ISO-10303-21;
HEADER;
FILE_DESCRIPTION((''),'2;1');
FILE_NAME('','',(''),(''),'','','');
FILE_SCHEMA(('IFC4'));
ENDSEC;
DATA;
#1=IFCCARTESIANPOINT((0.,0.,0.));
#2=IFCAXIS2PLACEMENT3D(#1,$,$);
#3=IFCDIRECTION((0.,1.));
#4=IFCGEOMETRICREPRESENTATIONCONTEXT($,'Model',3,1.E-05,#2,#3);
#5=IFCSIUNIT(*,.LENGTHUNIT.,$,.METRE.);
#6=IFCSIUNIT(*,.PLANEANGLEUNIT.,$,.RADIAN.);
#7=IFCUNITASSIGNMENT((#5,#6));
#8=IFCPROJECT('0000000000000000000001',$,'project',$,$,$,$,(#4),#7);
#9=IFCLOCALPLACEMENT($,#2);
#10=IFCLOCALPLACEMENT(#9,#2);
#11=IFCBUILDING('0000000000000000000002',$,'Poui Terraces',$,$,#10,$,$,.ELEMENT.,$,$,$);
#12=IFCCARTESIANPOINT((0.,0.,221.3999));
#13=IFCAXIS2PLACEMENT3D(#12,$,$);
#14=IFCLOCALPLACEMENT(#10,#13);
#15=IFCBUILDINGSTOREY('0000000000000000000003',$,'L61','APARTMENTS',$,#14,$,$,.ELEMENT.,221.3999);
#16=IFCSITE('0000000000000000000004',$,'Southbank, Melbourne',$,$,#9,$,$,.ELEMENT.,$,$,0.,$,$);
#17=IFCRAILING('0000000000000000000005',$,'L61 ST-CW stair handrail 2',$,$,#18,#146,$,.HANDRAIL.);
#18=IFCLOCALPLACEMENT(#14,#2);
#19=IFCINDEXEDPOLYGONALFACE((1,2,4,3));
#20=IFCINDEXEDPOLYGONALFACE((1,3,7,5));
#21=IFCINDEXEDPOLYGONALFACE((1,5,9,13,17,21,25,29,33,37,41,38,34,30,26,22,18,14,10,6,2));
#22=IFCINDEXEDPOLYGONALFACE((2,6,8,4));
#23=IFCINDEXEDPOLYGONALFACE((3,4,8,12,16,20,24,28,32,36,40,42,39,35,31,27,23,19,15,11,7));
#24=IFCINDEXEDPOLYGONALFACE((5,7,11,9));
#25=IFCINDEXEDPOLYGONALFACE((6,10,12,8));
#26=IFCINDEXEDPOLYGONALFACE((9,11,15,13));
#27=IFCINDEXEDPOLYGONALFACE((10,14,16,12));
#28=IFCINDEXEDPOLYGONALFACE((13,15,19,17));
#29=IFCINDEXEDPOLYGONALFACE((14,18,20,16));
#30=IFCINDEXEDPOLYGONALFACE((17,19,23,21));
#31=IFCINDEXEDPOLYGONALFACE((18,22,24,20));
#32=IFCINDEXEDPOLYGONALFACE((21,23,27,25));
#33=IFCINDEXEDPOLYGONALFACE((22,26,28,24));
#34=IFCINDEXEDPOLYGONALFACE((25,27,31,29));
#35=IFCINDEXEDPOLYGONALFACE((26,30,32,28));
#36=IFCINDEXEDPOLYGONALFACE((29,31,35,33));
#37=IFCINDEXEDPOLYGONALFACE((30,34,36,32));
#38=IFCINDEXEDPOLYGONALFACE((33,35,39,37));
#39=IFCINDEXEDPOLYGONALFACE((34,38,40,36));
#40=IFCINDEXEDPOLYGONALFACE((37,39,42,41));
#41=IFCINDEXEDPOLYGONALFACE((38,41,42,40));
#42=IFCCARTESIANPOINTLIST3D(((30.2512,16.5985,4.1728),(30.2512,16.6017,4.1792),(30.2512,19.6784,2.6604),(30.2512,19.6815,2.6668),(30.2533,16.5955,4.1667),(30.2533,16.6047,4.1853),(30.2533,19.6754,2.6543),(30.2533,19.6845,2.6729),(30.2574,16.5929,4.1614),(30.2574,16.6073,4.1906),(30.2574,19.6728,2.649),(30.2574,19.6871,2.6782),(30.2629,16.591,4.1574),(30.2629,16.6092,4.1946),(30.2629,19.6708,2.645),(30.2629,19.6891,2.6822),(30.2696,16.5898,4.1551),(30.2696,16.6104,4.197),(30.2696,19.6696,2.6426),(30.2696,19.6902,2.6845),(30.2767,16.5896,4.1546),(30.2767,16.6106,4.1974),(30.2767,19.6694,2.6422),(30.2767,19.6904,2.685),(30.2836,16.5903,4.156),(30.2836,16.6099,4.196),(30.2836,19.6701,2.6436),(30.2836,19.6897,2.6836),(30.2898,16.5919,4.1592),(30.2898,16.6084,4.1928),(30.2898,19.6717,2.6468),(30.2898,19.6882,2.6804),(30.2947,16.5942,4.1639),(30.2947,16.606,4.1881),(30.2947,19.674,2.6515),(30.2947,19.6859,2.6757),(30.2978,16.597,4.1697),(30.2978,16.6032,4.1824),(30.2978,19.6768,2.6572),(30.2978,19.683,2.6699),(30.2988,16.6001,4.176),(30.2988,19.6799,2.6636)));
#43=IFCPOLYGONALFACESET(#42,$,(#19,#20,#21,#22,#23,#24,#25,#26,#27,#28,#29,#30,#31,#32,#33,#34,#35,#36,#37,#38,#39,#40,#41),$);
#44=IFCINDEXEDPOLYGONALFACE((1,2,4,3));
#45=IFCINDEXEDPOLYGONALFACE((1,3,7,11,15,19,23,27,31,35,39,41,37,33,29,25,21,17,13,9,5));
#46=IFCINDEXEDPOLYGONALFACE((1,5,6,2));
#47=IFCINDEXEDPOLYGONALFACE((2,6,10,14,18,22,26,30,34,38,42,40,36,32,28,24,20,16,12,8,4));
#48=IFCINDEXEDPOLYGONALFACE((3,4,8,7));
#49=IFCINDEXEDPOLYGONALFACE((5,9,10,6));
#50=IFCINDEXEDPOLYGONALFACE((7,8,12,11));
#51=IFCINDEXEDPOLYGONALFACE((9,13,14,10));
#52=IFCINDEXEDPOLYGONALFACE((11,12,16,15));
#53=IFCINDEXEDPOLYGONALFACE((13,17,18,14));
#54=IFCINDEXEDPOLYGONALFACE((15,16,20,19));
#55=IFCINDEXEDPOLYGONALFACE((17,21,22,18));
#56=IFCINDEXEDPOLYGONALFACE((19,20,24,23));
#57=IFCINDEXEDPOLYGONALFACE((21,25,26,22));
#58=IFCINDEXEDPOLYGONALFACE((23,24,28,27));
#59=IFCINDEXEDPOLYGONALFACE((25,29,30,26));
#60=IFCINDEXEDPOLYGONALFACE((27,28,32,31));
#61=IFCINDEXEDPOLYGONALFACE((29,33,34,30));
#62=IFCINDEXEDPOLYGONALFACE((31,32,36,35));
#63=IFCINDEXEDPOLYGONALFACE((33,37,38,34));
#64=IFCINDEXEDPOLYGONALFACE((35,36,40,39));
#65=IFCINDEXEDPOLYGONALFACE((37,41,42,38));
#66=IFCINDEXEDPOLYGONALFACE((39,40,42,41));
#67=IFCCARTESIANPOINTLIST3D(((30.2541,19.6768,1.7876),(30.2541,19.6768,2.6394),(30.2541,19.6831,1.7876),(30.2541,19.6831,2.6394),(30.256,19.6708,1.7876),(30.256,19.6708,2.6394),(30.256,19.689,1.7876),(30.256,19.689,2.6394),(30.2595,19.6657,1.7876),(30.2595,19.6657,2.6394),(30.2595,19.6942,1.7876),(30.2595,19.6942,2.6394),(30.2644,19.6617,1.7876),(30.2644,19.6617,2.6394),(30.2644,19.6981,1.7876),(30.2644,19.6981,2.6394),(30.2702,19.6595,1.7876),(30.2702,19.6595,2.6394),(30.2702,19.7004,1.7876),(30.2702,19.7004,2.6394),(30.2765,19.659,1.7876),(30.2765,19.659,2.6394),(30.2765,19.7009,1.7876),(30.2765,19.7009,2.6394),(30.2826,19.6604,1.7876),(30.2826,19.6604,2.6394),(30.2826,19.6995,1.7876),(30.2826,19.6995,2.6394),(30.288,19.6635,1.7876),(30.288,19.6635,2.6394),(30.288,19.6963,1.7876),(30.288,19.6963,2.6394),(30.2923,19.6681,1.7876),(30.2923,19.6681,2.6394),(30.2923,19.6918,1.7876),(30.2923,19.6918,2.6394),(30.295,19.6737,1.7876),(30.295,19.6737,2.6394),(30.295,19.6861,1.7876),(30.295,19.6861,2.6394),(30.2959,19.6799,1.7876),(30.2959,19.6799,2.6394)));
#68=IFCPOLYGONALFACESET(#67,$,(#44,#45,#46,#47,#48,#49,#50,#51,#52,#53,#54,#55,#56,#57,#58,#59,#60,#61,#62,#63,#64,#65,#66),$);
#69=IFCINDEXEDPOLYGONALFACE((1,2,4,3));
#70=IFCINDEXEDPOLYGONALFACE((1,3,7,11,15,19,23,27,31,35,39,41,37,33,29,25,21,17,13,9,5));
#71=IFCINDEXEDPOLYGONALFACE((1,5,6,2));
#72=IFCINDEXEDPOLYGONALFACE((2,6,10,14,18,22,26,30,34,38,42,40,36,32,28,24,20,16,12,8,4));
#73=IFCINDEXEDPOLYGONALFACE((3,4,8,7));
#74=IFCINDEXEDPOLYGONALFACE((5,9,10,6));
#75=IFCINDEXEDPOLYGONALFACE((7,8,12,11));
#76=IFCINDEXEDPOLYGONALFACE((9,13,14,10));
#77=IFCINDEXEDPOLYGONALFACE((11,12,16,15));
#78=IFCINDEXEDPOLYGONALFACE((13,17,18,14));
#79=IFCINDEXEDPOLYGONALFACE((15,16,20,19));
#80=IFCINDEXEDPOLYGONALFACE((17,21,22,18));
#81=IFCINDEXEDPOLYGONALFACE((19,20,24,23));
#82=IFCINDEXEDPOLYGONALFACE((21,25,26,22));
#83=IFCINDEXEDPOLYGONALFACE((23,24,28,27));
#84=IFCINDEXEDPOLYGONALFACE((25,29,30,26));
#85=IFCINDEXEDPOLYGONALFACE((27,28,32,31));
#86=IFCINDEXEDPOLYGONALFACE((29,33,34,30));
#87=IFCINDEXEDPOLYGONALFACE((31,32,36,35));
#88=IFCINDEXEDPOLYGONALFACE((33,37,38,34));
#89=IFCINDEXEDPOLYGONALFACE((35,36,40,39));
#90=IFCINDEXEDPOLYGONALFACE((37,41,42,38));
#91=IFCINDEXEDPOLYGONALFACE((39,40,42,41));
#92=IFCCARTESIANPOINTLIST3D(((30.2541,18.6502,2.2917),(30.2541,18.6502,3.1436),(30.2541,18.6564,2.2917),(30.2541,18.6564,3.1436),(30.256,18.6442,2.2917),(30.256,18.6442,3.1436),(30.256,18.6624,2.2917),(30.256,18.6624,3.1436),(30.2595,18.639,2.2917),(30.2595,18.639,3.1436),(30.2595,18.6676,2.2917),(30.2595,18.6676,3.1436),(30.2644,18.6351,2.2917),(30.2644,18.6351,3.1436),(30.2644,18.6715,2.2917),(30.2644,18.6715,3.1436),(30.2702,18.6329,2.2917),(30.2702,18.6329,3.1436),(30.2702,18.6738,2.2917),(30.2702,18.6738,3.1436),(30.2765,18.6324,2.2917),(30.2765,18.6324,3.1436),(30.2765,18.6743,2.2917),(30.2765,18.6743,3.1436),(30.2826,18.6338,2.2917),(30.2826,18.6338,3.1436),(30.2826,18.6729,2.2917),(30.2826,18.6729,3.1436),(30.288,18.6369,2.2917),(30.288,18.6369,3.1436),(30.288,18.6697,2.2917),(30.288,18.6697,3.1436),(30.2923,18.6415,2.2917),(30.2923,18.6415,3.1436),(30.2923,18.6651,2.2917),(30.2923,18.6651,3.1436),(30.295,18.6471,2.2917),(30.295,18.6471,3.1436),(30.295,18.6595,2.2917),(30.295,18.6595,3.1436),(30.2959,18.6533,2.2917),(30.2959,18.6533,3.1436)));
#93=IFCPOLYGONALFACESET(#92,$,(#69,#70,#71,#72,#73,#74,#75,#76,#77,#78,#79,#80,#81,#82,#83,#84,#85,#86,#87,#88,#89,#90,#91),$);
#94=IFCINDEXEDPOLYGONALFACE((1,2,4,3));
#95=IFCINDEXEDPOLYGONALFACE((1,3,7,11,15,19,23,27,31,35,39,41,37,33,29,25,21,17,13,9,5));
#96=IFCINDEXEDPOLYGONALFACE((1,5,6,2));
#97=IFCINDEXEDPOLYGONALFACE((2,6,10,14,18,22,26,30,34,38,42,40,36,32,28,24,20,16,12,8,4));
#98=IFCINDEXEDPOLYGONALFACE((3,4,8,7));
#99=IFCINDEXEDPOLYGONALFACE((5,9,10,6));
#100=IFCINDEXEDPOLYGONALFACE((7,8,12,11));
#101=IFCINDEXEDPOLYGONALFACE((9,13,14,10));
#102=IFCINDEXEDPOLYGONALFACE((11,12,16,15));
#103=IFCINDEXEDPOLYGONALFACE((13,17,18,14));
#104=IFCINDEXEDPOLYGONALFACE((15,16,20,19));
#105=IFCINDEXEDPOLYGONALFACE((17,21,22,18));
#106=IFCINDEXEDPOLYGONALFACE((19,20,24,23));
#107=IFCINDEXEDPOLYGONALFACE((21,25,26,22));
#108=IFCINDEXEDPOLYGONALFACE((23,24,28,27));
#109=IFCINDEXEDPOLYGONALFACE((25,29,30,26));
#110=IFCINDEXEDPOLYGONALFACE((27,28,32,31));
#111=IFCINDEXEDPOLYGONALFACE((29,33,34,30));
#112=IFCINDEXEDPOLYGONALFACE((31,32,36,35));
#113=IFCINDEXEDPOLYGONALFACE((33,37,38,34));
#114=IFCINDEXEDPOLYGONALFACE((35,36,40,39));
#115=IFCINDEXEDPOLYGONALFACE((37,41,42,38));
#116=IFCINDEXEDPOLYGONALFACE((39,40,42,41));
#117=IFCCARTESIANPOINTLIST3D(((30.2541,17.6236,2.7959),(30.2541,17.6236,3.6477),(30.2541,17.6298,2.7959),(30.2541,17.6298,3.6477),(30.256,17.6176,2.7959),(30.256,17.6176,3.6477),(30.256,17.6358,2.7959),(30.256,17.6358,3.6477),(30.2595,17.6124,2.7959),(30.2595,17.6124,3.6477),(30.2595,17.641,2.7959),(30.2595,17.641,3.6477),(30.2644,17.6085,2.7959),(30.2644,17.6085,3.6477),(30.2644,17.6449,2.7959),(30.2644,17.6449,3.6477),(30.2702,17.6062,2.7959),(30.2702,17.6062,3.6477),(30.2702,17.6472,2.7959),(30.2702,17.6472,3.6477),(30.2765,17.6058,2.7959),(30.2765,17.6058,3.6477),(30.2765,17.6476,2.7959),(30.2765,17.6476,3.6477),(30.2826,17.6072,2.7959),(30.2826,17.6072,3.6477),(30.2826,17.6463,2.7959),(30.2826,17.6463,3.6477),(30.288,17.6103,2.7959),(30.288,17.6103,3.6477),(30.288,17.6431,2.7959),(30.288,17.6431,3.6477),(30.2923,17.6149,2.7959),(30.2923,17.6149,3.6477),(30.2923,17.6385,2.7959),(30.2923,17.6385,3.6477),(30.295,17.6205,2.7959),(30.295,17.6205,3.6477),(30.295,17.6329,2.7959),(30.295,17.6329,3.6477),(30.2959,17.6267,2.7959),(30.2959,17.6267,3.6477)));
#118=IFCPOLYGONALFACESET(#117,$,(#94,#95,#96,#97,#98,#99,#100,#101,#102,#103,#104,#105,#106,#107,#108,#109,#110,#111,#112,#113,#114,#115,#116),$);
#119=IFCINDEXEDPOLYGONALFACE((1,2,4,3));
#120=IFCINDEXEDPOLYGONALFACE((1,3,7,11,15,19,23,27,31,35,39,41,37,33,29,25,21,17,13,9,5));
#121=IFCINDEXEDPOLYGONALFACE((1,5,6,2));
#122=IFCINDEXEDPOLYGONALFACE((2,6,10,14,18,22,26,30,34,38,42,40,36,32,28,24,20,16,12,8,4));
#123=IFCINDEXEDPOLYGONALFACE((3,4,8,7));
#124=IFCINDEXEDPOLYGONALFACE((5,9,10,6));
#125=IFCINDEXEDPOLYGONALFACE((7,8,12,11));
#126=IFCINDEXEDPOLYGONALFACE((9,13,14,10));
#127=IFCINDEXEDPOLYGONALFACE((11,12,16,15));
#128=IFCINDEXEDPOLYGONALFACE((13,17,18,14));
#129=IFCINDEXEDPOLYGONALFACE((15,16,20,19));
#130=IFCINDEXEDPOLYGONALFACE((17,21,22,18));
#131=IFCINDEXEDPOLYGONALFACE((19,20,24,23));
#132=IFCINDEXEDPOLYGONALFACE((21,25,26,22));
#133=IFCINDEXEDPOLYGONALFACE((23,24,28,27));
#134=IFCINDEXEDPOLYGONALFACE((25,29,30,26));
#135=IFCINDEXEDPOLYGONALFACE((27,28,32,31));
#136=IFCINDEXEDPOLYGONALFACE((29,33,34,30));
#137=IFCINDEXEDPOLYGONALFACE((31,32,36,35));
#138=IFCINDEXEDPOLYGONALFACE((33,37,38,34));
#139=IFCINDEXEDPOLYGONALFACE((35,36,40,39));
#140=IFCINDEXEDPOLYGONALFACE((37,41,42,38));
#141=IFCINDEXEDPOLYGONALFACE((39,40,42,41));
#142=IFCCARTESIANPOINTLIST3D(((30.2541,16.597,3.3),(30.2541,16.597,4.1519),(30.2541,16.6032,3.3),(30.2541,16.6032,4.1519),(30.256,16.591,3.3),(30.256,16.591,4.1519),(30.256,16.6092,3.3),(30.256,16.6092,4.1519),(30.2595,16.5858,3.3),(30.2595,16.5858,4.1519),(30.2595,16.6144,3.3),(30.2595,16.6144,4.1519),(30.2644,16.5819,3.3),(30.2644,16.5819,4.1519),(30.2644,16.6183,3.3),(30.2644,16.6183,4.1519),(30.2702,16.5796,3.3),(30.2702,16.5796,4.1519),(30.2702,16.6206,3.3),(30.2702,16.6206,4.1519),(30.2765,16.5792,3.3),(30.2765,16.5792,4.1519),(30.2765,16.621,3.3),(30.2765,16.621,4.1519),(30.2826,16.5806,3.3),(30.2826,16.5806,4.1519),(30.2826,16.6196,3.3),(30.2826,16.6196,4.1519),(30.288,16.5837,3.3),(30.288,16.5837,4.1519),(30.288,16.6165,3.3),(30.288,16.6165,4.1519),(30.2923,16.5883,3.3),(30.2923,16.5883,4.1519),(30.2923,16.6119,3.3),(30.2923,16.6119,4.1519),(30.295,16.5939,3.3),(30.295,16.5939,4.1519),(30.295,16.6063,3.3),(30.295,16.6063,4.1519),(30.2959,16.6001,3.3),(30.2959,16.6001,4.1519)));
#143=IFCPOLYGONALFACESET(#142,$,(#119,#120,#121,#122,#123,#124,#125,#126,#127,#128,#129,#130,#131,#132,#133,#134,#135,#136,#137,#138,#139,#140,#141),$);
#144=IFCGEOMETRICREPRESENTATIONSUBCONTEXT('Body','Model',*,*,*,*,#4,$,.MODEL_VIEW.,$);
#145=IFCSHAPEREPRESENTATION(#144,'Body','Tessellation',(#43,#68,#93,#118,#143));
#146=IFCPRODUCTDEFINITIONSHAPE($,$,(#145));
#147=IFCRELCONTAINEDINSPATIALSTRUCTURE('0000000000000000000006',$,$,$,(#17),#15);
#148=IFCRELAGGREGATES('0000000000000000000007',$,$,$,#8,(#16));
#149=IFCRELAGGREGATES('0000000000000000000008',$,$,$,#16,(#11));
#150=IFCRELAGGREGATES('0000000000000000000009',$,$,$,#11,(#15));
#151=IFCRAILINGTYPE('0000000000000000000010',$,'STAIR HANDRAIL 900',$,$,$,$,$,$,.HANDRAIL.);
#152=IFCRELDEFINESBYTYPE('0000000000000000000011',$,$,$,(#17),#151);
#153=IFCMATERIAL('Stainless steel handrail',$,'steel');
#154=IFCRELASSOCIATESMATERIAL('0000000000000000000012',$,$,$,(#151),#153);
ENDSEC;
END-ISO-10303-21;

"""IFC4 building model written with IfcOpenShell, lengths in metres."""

from ifc_helpers import new_model, si_unit, direction, frame, origin, origin_2d, place, context, subcontext, project, spatial, circle, extrude, material, type_object, element, save


model = new_model("IFC4")

# Units and contexts
model_context = context("Model", 3, precision=1e-05, world=origin(), true_north=direction((0.0, 1.0)))
body_context = subcontext(model_context, "Body", "Model", "MODEL_VIEW")
ifc_project = project(units=[si_unit("LENGTHUNIT", "METRE"), si_unit("PLANEANGLEUNIT", "RADIAN")], contexts=[model_context])

# Site, building, storey
site_placement = place(None, origin())
site = spatial("IfcSite", under=ifc_project, at=site_placement, Name="Southbank, Melbourne", CompositionType="ELEMENT", RefElevation=0.0)
building_placement = place(site_placement, origin())
building = spatial("IfcBuilding", under=site, at=building_placement, Name="Poui Terraces", CompositionType="ELEMENT")
storey_placement = place(building_placement, frame((0.0, 0.0, 221.3999)))
storey = spatial("IfcBuildingStorey", under=building, at=storey_placement, Name="L61", Description="APARTMENTS", CompositionType="ELEMENT", Elevation=221.3999)

# Railing
ifc_material_1 = material(Name="Stainless steel handrail", Category="steel")
railing_type_1 = type_object("IfcRailingType", Name="STAIR HANDRAIL 900", PredefinedType="HANDRAIL", material=ifc_material_1)
railing_1_placement = place(storey_placement, frame((30.2749, 19.6799, 1.7876)))
element("IfcRailing", 1, at=railing_1_placement, inside=storey, type_object=railing_type_1, Name="L61 ST-CW stair handrail 2", PredefinedType="HANDRAIL", context=body_context, shape_type="SweptSolid", body=[
    extrude(circle(Radius=0.0239, at=origin_2d()), frame((0.0, 0.0, 0.876), z_axis=(0.0, -0.897606, 0.440798), x_axis=(1.0, 0.0, 0.0)), (0.0, 0.0, 1.0), 3.4312),
    extrude(circle(Radius=0.021, at=origin_2d()), origin(), (0.0, 0.0, 1.0), 0.8518),
    extrude(circle(Radius=0.021, at=origin_2d()), frame((0.0, -1.0266, 0.5042)), (0.0, 0.0, 1.0), 0.8518),
    extrude(circle(Radius=0.021, at=origin_2d()), frame((0.0, -2.0532, 1.0083)), (0.0, 0.0, 1.0), 0.8518),
    extrude(circle(Radius=0.021, at=origin_2d()), frame((0.0, -3.0798, 1.5125)), (0.0, 0.0, 1.0), 0.8518),
])

save(model, "model.ifc")
